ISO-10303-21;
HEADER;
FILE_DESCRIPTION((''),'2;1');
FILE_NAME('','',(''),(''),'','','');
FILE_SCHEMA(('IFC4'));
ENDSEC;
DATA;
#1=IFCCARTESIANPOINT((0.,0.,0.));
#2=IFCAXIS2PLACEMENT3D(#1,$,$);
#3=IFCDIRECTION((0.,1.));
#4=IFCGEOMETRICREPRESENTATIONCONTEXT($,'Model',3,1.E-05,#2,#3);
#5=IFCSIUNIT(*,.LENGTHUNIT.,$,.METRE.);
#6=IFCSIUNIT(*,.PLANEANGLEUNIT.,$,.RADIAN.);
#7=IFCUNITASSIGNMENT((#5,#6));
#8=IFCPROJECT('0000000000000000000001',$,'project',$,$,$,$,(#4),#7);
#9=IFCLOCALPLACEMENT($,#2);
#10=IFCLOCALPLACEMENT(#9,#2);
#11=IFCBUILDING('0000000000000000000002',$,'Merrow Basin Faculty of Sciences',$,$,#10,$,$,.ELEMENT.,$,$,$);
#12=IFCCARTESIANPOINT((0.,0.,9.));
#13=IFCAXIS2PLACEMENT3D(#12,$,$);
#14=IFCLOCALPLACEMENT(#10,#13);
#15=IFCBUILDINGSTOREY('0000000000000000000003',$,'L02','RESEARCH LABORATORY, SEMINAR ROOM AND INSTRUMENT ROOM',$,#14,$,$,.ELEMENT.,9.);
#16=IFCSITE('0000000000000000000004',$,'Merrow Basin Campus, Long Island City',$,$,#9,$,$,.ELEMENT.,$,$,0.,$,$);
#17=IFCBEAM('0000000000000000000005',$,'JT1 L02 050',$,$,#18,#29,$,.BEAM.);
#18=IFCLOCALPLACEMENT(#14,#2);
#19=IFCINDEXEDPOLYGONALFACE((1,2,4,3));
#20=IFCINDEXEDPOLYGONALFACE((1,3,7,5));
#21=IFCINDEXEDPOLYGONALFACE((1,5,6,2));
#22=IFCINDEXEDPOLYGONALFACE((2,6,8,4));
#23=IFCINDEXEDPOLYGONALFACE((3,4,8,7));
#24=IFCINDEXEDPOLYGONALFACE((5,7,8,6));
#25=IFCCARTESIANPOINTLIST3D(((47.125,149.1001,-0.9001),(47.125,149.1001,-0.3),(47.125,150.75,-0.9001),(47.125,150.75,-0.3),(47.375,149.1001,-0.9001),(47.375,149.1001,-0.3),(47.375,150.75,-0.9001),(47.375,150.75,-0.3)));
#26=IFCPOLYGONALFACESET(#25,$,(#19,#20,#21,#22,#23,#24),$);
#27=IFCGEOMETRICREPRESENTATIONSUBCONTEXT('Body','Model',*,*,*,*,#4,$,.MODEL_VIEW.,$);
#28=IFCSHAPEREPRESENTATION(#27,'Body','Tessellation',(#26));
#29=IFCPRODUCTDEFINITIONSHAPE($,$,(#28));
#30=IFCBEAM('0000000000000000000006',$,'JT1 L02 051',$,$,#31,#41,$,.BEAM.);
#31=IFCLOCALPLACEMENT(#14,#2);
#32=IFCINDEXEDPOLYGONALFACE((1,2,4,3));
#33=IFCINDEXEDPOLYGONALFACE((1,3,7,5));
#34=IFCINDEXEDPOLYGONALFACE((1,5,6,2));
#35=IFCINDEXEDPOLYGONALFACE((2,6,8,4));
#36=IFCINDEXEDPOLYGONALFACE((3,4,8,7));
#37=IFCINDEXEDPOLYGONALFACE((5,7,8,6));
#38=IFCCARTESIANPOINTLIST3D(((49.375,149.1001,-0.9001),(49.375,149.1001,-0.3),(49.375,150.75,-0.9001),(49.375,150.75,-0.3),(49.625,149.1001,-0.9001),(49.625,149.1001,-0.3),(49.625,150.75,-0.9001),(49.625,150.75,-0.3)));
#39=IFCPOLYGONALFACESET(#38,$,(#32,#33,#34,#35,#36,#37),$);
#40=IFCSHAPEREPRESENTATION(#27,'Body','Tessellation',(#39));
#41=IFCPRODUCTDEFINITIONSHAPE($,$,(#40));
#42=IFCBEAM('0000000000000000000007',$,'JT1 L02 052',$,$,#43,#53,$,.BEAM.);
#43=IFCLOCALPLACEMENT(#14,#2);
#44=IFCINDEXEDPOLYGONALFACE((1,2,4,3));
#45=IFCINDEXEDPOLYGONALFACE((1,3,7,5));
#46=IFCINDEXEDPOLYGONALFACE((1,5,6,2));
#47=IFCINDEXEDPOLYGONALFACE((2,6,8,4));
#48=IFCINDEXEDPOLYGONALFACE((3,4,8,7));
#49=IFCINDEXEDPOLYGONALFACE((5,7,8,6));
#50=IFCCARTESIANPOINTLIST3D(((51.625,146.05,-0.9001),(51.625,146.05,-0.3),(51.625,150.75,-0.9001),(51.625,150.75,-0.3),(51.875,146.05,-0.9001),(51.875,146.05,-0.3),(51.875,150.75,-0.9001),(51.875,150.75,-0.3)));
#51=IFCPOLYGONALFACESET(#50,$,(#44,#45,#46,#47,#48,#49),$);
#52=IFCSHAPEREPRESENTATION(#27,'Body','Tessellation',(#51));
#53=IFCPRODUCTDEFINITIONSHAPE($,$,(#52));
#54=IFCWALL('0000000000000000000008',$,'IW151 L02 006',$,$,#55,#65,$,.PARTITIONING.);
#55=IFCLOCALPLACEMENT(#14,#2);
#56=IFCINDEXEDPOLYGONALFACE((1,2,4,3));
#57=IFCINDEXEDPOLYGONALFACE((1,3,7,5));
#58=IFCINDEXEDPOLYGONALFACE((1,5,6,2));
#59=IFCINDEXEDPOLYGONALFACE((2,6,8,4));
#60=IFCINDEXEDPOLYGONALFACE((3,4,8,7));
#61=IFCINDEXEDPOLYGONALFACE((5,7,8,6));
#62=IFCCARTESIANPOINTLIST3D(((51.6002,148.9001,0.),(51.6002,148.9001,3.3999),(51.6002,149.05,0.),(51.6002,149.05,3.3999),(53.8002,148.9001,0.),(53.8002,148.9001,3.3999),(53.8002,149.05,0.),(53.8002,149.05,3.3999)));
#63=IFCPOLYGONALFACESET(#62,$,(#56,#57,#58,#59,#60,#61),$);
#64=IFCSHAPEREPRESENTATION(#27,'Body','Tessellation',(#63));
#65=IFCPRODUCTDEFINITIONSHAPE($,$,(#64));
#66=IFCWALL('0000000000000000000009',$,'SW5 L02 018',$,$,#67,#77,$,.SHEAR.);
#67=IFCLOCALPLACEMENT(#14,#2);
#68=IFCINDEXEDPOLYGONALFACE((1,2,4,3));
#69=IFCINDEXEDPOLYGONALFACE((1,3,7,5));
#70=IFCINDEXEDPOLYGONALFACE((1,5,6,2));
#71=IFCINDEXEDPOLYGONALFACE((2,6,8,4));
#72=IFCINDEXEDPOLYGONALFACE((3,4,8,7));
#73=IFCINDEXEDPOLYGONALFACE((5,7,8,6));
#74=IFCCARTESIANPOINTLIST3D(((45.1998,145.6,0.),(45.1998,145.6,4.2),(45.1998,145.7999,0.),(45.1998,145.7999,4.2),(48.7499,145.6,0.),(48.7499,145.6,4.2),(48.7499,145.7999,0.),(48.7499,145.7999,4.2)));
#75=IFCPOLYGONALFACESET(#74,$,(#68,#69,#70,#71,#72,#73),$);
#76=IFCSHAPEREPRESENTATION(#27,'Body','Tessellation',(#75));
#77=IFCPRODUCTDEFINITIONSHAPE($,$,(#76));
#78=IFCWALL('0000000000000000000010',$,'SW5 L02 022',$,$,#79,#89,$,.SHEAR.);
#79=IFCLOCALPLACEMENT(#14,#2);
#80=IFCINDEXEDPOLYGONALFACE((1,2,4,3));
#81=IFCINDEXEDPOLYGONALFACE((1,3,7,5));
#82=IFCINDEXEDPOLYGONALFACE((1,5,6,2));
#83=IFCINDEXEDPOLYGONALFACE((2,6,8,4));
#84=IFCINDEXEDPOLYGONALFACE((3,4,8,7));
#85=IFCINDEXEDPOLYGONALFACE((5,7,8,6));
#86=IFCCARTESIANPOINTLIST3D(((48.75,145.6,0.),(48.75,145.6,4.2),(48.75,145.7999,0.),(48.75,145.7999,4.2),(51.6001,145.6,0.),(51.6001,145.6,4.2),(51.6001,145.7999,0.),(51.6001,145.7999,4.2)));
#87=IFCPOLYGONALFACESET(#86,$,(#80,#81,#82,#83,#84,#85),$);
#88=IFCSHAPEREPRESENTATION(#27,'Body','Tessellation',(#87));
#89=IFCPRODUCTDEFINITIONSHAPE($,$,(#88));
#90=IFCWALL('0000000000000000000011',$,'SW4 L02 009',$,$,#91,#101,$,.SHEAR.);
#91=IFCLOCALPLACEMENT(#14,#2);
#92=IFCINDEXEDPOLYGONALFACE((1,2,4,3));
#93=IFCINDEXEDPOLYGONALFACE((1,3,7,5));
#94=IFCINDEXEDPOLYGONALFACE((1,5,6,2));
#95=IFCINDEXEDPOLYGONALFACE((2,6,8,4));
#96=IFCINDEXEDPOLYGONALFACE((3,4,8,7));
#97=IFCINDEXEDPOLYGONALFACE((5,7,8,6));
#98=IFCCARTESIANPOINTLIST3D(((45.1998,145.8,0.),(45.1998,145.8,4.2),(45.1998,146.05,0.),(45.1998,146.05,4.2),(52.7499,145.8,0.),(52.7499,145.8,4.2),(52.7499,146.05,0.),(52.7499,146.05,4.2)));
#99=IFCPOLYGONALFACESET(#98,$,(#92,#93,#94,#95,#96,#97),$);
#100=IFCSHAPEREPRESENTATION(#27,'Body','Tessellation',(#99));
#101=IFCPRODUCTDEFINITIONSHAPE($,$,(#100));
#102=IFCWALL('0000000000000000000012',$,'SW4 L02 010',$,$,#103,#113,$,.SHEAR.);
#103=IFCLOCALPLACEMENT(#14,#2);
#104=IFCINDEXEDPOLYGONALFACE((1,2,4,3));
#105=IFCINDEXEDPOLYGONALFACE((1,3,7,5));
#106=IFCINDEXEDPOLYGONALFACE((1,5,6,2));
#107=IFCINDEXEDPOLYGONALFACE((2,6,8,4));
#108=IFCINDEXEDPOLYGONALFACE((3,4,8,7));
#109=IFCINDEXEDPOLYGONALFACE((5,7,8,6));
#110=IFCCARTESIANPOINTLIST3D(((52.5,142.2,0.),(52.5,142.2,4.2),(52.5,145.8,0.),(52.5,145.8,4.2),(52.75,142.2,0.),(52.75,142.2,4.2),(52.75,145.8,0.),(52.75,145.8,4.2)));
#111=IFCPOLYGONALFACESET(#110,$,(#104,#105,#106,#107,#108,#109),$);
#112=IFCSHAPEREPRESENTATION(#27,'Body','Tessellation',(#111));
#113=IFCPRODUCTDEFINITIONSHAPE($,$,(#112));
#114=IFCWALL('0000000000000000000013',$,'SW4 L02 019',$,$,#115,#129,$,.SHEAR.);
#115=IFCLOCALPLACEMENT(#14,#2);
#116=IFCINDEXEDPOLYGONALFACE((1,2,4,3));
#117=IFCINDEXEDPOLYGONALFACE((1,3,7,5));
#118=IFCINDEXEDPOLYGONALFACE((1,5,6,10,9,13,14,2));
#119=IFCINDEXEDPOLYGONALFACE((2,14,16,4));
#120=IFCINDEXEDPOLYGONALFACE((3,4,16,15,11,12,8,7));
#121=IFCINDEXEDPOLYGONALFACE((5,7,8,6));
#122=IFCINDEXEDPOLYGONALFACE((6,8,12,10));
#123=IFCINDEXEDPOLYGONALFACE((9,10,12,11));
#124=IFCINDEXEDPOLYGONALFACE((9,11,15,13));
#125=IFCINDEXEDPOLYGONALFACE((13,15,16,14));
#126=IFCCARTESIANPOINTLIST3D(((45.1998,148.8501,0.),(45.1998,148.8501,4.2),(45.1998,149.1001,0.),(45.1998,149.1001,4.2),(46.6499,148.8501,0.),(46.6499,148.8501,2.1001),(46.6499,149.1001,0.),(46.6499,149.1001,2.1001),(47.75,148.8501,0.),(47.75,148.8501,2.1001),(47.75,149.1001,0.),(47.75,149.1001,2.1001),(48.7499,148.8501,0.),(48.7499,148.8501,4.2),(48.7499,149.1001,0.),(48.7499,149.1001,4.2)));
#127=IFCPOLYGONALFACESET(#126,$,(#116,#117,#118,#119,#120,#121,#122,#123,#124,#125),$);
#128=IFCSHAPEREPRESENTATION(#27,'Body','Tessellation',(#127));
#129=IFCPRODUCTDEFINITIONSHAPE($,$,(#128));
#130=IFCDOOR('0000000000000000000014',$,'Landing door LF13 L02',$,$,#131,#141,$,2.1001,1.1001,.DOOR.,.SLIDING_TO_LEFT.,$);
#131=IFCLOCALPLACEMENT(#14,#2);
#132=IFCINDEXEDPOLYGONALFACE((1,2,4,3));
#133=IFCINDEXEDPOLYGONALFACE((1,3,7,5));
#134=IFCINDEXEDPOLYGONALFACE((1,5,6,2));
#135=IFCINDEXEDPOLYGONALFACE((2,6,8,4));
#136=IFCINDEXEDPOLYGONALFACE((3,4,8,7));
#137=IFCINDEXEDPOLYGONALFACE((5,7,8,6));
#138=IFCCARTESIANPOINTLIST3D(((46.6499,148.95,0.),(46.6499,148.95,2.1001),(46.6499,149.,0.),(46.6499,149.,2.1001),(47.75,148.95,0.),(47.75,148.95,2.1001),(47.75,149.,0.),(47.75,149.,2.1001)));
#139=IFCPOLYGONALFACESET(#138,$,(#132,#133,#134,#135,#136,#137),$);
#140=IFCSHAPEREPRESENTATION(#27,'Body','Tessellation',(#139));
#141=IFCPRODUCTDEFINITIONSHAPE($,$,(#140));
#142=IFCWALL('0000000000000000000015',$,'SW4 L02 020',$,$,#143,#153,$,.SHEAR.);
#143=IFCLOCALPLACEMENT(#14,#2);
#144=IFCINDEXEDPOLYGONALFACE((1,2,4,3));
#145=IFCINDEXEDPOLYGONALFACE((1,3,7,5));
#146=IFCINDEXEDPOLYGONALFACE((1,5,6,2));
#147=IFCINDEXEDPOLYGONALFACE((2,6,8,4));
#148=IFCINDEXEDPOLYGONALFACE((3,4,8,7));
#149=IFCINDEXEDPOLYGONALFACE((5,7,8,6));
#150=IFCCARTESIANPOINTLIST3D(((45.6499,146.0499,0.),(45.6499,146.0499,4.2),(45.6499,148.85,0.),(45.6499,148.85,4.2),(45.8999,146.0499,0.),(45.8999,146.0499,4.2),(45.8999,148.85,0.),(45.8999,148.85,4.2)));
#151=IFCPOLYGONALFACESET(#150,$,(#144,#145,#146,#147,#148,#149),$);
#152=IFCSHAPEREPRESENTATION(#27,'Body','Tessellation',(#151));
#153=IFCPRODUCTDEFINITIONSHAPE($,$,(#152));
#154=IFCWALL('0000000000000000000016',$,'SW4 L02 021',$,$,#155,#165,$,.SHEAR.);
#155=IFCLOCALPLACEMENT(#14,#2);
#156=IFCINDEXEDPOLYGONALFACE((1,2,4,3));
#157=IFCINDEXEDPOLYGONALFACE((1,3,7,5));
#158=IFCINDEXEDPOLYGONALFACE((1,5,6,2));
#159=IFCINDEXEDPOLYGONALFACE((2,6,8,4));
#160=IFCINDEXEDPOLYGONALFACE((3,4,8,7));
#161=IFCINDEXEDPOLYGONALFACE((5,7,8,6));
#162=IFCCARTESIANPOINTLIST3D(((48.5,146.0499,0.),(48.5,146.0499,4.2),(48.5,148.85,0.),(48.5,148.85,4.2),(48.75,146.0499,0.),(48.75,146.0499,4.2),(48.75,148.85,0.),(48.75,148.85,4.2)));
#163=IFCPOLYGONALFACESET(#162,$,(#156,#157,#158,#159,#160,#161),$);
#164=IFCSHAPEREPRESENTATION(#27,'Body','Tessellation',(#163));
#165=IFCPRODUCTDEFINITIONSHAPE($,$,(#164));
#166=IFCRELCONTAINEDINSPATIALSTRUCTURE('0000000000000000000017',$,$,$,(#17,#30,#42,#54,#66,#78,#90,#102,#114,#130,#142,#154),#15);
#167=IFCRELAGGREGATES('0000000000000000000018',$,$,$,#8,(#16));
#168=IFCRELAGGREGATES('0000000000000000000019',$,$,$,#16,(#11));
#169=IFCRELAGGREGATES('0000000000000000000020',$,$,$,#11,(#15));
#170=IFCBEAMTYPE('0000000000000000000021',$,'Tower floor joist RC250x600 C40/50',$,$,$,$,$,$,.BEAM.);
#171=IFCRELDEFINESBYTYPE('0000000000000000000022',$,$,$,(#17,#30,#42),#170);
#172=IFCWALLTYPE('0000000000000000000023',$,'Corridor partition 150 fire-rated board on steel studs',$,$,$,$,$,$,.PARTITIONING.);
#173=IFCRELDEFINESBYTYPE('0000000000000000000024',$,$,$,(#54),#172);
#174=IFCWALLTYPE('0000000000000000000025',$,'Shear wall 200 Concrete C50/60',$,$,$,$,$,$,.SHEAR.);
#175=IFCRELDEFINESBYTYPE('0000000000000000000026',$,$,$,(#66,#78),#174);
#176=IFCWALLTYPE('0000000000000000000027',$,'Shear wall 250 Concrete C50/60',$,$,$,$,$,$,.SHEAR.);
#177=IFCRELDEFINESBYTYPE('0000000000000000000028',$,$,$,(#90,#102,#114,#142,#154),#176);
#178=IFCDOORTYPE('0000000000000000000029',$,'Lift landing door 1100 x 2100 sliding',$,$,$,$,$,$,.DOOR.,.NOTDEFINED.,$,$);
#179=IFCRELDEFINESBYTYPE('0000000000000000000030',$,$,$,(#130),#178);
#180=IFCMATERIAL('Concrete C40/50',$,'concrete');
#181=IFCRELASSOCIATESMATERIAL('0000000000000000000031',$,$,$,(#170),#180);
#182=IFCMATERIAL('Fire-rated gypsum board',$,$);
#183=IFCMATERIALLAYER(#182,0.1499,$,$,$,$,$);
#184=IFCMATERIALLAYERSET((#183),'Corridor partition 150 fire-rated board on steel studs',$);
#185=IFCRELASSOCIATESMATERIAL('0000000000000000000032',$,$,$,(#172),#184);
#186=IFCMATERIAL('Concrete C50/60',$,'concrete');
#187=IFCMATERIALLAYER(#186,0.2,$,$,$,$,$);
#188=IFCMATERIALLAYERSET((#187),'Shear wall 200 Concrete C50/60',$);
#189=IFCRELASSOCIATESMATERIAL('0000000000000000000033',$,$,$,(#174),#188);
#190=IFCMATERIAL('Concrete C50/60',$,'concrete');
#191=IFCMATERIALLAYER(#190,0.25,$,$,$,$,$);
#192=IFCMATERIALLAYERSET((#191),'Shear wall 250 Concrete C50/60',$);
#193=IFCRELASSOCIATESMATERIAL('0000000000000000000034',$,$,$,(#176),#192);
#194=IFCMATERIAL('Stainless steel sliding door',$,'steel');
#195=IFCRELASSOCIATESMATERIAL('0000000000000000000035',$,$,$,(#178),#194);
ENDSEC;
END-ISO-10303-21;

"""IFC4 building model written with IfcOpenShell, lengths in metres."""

from ifc_helpers import new_model, si_unit, direction, frame, frame_2d, origin, origin_2d, place, context, subcontext, project, spatial, rectangle, extrude, material, layer, layer_set, material_profile, profile_set, type_object, element, fill, save


model = new_model("IFC4")

# Units and contexts
model_context = context("Model", 3, precision=1e-05, world=origin(), true_north=direction((0.0, 1.0)))
body_context = subcontext(model_context, "Body", "Model", "MODEL_VIEW")
ifc_project = project(units=[si_unit("LENGTHUNIT", "METRE"), si_unit("PLANEANGLEUNIT", "RADIAN")], contexts=[model_context])

# Site, building, storey
site_placement = place(None, origin())
site = spatial("IfcSite", under=ifc_project, at=site_placement, Name="Merrow Basin Campus, Long Island City", CompositionType="ELEMENT", RefElevation=0.0)
building_placement = place(site_placement, origin())
building = spatial("IfcBuilding", under=site, at=building_placement, Name="Merrow Basin Faculty of Sciences", CompositionType="ELEMENT")
storey_placement = place(building_placement, frame((0.0, 0.0, 9.0)))
storey = spatial("IfcBuildingStorey", under=building, at=storey_placement, Name="L02", Description="RESEARCH LABORATORY, SEMINAR ROOM AND INSTRUMENT ROOM", CompositionType="ELEMENT", Elevation=9.0)

# Beams
ifc_material_1 = material(Name="Concrete C40/50", Category="concrete")
ifc_material_profile = material_profile(ifc_material_1, rectangle(XDim=0.25, YDim=0.6001, at=origin_2d()))
ifc_profile_set = profile_set([ifc_material_profile], Name="Concrete C40/50")
beam_type = type_object("IfcBeamType", Name="Tower floor joist RC250x600 C40/50", PredefinedType="BEAM", material=ifc_profile_set)
for number, where, z_axis, x_axis, name in (
    (1, (47.25, 149.1001, -0.6001), (0.0, 1.0, 0.0), (-1.0, 0.0, 0.0), "JT1 L02 050"),
    (2, (49.5, 149.1001, -0.6001), (0.0, 1.0, 0.0), (-1.0, 0.0, 0.0), "JT1 L02 051"),
):
    element("IfcBeam", number, at=place(storey_placement, frame(where, z_axis=z_axis, x_axis=x_axis)), inside=storey, type_object=beam_type, Name=name, PredefinedType="BEAM", context=body_context, shape_type="SweptSolid", body=[
        extrude(rectangle(XDim=0.25, YDim=0.6001, at=origin_2d()), origin(), (0.0, 0.0, 1.0), 1.6499),
    ])
beam_placement = place(storey_placement, frame((51.75, 146.05, -0.6001), z_axis=(0.0, 1.0, 0.0), x_axis=(-1.0, 0.0, 0.0)))
element("IfcBeam", 3, at=beam_placement, inside=storey, type_object=beam_type, Name="JT1 L02 052", PredefinedType="BEAM", context=body_context, shape_type="SweptSolid", body=[
    extrude(rectangle(XDim=0.25, YDim=0.6001, at=origin_2d()), origin(), (0.0, 0.0, 1.0), 4.7),
])

# Walls
ifc_material_2 = material(Name="Fire-rated gypsum board")
ifc_layer_1 = layer(ifc_material_2, 0.1499)
ifc_layer_set_1 = layer_set([ifc_layer_1], Name="Corridor partition 150 fire-rated board on steel studs")
wall_type_1 = type_object("IfcWallType", Name="Corridor partition 150 fire-rated board on steel studs", PredefinedType="PARTITIONING", material=ifc_layer_set_1)
wall_1_placement = place(storey_placement, frame((51.6001, 148.9751, 0.0), z_axis=(0.0, 0.0, 1.0), x_axis=(1.0, 0.0, 0.0)))
element("IfcWall", 4, at=wall_1_placement, inside=storey, type_object=wall_type_1, Name="IW151 L02 006", PredefinedType="PARTITIONING", context=body_context, shape_type="SweptSolid", body=[
    extrude(rectangle(XDim=2.2, YDim=0.1499, at=frame_2d((1.1001, 0.0))), origin(), (0.0, 0.0, 1.0), 3.3999),
])
ifc_material_3 = material(Name="Concrete C50/60", Category="concrete")
ifc_layer_2 = layer(ifc_material_3, 0.2)
ifc_layer_set_2 = layer_set([ifc_layer_2], Name="Shear wall 200 Concrete C50/60")
wall_type_2 = type_object("IfcWallType", Name="Shear wall 200 Concrete C50/60", PredefinedType="SHEAR", material=ifc_layer_set_2)
wall_2_placement = place(storey_placement, frame((45.2, 145.7, 0.0), z_axis=(0.0, 0.0, 1.0), x_axis=(1.0, 0.0, 0.0)))
element("IfcWall", 5, at=wall_2_placement, inside=storey, type_object=wall_type_2, Name="SW5 L02 018", PredefinedType="SHEAR", context=body_context, shape_type="SweptSolid", body=[
    extrude(rectangle(XDim=3.55, YDim=0.2, at=frame_2d((1.7749, 0.0))), origin(), (0.0, 0.0, 1.0), 4.2),
])
wall_3_placement = place(storey_placement, frame((48.75, 145.7, 0.0), z_axis=(0.0, 0.0, 1.0), x_axis=(1.0, 0.0, 0.0)))
element("IfcWall", 6, at=wall_3_placement, inside=storey, type_object=wall_type_2, Name="SW5 L02 022", PredefinedType="SHEAR", context=body_context, shape_type="SweptSolid", body=[
    extrude(rectangle(XDim=2.8501, YDim=0.2, at=frame_2d((1.425, 0.0))), origin(), (0.0, 0.0, 1.0), 4.2),
])
ifc_material_4 = material(Name="Concrete C50/60", Category="concrete")
ifc_layer_3 = layer(ifc_material_4, 0.25)
ifc_layer_set_3 = layer_set([ifc_layer_3], Name="Shear wall 250 Concrete C50/60")
wall_type_3 = type_object("IfcWallType", Name="Shear wall 250 Concrete C50/60", PredefinedType="SHEAR", material=ifc_layer_set_3)
wall_4_placement = place(storey_placement, frame((45.2, 145.925, 0.0), z_axis=(0.0, 0.0, 1.0), x_axis=(1.0, 0.0, 0.0)))
element("IfcWall", 7, at=wall_4_placement, inside=storey, type_object=wall_type_3, Name="SW4 L02 009", PredefinedType="SHEAR", context=body_context, shape_type="SweptSolid", body=[
    extrude(rectangle(XDim=7.55, YDim=0.25, at=frame_2d((3.7749, 0.0))), origin(), (0.0, 0.0, 1.0), 4.2),
])
wall_5_placement = place(storey_placement, frame((52.625, 142.2, 0.0), z_axis=(0.0, 0.0, 1.0), x_axis=(0.0, 1.0, 0.0)))
element("IfcWall", 8, at=wall_5_placement, inside=storey, type_object=wall_type_3, Name="SW4 L02 010", PredefinedType="SHEAR", context=body_context, shape_type="SweptSolid", body=[
    extrude(rectangle(XDim=3.6001, YDim=0.25, at=frame_2d((1.8, 0.0))), origin(), (0.0, 0.0, 1.0), 4.2),
])

# Wall, opening, door
wall_6_placement = place(storey_placement, frame((45.2, 148.9751, 0.0), z_axis=(0.0, 0.0, 1.0), x_axis=(1.0, 0.0, 0.0)))
wall_6 = element("IfcWall", 9, at=wall_6_placement, inside=storey, type_object=wall_type_3, Name="SW4 L02 019", PredefinedType="SHEAR", context=body_context, shape_type="SweptSolid", body=[
    extrude(rectangle(XDim=3.55, YDim=0.25, at=frame_2d((1.7749, 0.0))), origin(), (0.0, 0.0, 1.0), 4.2),
])
opening_1_placement = place(wall_6_placement, frame((1.45, 0.0, 0.0)))
opening_1 = element("IfcOpeningElement", 10, at=opening_1_placement, cuts=wall_6, PredefinedType="OPENING", context=body_context, shape_type="SweptSolid", body=[
    extrude(rectangle(XDim=1.1001, YDim=2.1001, at=frame_2d((0.55, 1.05))), frame((0.0, 0.135, 0.0), z_axis=(0.0, -1.0, 0.0), x_axis=(1.0, 0.0, 0.0)), (0.0, 0.0, 1.0), 0.27),
])
ifc_material_5 = material(Name="Stainless steel sliding door", Category="steel")
door_type_1 = type_object("IfcDoorType", Name="Lift landing door 1100 x 2100 sliding", OperationType="NOTDEFINED", PredefinedType="DOOR", material=ifc_material_5)
door_1_placement = place(opening_1_placement, origin())
door_1 = element("IfcDoor", 11, at=door_1_placement, inside=storey, type_object=door_type_1, Name="Landing door LF13 L02", OperationType="SLIDING_TO_LEFT", OverallHeight=2.1001, OverallWidth=1.1001, PredefinedType="DOOR", context=body_context, shape_type="SweptSolid", body=[
    extrude(rectangle(XDim=1.1001, YDim=2.1001, at=frame_2d((0.55, 1.05))), frame((0.0, 0.0249, 0.0), z_axis=(0.0, -1.0, 0.0), x_axis=(1.0, 0.0, 0.0)), (0.0, 0.0, 1.0), 0.05),
])
fill(opening_1, door_1)

# Walls
for number, where, z_axis, x_axis, name in (
    (12, (45.7749, 146.05, 0.0), (0.0, 0.0, 1.0), (0.0, 1.0, 0.0), "SW4 L02 020"),
    (13, (48.625, 146.05, 0.0), (0.0, 0.0, 1.0), (0.0, 1.0, 0.0), "SW4 L02 021"),
):
    element("IfcWall", number, at=place(storey_placement, frame(where, z_axis=z_axis, x_axis=x_axis)), inside=storey, type_object=wall_type_3, Name=name, PredefinedType="SHEAR", context=body_context, shape_type="SweptSolid", body=[
        extrude(rectangle(XDim=2.8, YDim=0.25, at=frame_2d((1.3999, 0.0))), origin(), (0.0, 0.0, 1.0), 4.2),
    ])

save(model, "model.ifc")
